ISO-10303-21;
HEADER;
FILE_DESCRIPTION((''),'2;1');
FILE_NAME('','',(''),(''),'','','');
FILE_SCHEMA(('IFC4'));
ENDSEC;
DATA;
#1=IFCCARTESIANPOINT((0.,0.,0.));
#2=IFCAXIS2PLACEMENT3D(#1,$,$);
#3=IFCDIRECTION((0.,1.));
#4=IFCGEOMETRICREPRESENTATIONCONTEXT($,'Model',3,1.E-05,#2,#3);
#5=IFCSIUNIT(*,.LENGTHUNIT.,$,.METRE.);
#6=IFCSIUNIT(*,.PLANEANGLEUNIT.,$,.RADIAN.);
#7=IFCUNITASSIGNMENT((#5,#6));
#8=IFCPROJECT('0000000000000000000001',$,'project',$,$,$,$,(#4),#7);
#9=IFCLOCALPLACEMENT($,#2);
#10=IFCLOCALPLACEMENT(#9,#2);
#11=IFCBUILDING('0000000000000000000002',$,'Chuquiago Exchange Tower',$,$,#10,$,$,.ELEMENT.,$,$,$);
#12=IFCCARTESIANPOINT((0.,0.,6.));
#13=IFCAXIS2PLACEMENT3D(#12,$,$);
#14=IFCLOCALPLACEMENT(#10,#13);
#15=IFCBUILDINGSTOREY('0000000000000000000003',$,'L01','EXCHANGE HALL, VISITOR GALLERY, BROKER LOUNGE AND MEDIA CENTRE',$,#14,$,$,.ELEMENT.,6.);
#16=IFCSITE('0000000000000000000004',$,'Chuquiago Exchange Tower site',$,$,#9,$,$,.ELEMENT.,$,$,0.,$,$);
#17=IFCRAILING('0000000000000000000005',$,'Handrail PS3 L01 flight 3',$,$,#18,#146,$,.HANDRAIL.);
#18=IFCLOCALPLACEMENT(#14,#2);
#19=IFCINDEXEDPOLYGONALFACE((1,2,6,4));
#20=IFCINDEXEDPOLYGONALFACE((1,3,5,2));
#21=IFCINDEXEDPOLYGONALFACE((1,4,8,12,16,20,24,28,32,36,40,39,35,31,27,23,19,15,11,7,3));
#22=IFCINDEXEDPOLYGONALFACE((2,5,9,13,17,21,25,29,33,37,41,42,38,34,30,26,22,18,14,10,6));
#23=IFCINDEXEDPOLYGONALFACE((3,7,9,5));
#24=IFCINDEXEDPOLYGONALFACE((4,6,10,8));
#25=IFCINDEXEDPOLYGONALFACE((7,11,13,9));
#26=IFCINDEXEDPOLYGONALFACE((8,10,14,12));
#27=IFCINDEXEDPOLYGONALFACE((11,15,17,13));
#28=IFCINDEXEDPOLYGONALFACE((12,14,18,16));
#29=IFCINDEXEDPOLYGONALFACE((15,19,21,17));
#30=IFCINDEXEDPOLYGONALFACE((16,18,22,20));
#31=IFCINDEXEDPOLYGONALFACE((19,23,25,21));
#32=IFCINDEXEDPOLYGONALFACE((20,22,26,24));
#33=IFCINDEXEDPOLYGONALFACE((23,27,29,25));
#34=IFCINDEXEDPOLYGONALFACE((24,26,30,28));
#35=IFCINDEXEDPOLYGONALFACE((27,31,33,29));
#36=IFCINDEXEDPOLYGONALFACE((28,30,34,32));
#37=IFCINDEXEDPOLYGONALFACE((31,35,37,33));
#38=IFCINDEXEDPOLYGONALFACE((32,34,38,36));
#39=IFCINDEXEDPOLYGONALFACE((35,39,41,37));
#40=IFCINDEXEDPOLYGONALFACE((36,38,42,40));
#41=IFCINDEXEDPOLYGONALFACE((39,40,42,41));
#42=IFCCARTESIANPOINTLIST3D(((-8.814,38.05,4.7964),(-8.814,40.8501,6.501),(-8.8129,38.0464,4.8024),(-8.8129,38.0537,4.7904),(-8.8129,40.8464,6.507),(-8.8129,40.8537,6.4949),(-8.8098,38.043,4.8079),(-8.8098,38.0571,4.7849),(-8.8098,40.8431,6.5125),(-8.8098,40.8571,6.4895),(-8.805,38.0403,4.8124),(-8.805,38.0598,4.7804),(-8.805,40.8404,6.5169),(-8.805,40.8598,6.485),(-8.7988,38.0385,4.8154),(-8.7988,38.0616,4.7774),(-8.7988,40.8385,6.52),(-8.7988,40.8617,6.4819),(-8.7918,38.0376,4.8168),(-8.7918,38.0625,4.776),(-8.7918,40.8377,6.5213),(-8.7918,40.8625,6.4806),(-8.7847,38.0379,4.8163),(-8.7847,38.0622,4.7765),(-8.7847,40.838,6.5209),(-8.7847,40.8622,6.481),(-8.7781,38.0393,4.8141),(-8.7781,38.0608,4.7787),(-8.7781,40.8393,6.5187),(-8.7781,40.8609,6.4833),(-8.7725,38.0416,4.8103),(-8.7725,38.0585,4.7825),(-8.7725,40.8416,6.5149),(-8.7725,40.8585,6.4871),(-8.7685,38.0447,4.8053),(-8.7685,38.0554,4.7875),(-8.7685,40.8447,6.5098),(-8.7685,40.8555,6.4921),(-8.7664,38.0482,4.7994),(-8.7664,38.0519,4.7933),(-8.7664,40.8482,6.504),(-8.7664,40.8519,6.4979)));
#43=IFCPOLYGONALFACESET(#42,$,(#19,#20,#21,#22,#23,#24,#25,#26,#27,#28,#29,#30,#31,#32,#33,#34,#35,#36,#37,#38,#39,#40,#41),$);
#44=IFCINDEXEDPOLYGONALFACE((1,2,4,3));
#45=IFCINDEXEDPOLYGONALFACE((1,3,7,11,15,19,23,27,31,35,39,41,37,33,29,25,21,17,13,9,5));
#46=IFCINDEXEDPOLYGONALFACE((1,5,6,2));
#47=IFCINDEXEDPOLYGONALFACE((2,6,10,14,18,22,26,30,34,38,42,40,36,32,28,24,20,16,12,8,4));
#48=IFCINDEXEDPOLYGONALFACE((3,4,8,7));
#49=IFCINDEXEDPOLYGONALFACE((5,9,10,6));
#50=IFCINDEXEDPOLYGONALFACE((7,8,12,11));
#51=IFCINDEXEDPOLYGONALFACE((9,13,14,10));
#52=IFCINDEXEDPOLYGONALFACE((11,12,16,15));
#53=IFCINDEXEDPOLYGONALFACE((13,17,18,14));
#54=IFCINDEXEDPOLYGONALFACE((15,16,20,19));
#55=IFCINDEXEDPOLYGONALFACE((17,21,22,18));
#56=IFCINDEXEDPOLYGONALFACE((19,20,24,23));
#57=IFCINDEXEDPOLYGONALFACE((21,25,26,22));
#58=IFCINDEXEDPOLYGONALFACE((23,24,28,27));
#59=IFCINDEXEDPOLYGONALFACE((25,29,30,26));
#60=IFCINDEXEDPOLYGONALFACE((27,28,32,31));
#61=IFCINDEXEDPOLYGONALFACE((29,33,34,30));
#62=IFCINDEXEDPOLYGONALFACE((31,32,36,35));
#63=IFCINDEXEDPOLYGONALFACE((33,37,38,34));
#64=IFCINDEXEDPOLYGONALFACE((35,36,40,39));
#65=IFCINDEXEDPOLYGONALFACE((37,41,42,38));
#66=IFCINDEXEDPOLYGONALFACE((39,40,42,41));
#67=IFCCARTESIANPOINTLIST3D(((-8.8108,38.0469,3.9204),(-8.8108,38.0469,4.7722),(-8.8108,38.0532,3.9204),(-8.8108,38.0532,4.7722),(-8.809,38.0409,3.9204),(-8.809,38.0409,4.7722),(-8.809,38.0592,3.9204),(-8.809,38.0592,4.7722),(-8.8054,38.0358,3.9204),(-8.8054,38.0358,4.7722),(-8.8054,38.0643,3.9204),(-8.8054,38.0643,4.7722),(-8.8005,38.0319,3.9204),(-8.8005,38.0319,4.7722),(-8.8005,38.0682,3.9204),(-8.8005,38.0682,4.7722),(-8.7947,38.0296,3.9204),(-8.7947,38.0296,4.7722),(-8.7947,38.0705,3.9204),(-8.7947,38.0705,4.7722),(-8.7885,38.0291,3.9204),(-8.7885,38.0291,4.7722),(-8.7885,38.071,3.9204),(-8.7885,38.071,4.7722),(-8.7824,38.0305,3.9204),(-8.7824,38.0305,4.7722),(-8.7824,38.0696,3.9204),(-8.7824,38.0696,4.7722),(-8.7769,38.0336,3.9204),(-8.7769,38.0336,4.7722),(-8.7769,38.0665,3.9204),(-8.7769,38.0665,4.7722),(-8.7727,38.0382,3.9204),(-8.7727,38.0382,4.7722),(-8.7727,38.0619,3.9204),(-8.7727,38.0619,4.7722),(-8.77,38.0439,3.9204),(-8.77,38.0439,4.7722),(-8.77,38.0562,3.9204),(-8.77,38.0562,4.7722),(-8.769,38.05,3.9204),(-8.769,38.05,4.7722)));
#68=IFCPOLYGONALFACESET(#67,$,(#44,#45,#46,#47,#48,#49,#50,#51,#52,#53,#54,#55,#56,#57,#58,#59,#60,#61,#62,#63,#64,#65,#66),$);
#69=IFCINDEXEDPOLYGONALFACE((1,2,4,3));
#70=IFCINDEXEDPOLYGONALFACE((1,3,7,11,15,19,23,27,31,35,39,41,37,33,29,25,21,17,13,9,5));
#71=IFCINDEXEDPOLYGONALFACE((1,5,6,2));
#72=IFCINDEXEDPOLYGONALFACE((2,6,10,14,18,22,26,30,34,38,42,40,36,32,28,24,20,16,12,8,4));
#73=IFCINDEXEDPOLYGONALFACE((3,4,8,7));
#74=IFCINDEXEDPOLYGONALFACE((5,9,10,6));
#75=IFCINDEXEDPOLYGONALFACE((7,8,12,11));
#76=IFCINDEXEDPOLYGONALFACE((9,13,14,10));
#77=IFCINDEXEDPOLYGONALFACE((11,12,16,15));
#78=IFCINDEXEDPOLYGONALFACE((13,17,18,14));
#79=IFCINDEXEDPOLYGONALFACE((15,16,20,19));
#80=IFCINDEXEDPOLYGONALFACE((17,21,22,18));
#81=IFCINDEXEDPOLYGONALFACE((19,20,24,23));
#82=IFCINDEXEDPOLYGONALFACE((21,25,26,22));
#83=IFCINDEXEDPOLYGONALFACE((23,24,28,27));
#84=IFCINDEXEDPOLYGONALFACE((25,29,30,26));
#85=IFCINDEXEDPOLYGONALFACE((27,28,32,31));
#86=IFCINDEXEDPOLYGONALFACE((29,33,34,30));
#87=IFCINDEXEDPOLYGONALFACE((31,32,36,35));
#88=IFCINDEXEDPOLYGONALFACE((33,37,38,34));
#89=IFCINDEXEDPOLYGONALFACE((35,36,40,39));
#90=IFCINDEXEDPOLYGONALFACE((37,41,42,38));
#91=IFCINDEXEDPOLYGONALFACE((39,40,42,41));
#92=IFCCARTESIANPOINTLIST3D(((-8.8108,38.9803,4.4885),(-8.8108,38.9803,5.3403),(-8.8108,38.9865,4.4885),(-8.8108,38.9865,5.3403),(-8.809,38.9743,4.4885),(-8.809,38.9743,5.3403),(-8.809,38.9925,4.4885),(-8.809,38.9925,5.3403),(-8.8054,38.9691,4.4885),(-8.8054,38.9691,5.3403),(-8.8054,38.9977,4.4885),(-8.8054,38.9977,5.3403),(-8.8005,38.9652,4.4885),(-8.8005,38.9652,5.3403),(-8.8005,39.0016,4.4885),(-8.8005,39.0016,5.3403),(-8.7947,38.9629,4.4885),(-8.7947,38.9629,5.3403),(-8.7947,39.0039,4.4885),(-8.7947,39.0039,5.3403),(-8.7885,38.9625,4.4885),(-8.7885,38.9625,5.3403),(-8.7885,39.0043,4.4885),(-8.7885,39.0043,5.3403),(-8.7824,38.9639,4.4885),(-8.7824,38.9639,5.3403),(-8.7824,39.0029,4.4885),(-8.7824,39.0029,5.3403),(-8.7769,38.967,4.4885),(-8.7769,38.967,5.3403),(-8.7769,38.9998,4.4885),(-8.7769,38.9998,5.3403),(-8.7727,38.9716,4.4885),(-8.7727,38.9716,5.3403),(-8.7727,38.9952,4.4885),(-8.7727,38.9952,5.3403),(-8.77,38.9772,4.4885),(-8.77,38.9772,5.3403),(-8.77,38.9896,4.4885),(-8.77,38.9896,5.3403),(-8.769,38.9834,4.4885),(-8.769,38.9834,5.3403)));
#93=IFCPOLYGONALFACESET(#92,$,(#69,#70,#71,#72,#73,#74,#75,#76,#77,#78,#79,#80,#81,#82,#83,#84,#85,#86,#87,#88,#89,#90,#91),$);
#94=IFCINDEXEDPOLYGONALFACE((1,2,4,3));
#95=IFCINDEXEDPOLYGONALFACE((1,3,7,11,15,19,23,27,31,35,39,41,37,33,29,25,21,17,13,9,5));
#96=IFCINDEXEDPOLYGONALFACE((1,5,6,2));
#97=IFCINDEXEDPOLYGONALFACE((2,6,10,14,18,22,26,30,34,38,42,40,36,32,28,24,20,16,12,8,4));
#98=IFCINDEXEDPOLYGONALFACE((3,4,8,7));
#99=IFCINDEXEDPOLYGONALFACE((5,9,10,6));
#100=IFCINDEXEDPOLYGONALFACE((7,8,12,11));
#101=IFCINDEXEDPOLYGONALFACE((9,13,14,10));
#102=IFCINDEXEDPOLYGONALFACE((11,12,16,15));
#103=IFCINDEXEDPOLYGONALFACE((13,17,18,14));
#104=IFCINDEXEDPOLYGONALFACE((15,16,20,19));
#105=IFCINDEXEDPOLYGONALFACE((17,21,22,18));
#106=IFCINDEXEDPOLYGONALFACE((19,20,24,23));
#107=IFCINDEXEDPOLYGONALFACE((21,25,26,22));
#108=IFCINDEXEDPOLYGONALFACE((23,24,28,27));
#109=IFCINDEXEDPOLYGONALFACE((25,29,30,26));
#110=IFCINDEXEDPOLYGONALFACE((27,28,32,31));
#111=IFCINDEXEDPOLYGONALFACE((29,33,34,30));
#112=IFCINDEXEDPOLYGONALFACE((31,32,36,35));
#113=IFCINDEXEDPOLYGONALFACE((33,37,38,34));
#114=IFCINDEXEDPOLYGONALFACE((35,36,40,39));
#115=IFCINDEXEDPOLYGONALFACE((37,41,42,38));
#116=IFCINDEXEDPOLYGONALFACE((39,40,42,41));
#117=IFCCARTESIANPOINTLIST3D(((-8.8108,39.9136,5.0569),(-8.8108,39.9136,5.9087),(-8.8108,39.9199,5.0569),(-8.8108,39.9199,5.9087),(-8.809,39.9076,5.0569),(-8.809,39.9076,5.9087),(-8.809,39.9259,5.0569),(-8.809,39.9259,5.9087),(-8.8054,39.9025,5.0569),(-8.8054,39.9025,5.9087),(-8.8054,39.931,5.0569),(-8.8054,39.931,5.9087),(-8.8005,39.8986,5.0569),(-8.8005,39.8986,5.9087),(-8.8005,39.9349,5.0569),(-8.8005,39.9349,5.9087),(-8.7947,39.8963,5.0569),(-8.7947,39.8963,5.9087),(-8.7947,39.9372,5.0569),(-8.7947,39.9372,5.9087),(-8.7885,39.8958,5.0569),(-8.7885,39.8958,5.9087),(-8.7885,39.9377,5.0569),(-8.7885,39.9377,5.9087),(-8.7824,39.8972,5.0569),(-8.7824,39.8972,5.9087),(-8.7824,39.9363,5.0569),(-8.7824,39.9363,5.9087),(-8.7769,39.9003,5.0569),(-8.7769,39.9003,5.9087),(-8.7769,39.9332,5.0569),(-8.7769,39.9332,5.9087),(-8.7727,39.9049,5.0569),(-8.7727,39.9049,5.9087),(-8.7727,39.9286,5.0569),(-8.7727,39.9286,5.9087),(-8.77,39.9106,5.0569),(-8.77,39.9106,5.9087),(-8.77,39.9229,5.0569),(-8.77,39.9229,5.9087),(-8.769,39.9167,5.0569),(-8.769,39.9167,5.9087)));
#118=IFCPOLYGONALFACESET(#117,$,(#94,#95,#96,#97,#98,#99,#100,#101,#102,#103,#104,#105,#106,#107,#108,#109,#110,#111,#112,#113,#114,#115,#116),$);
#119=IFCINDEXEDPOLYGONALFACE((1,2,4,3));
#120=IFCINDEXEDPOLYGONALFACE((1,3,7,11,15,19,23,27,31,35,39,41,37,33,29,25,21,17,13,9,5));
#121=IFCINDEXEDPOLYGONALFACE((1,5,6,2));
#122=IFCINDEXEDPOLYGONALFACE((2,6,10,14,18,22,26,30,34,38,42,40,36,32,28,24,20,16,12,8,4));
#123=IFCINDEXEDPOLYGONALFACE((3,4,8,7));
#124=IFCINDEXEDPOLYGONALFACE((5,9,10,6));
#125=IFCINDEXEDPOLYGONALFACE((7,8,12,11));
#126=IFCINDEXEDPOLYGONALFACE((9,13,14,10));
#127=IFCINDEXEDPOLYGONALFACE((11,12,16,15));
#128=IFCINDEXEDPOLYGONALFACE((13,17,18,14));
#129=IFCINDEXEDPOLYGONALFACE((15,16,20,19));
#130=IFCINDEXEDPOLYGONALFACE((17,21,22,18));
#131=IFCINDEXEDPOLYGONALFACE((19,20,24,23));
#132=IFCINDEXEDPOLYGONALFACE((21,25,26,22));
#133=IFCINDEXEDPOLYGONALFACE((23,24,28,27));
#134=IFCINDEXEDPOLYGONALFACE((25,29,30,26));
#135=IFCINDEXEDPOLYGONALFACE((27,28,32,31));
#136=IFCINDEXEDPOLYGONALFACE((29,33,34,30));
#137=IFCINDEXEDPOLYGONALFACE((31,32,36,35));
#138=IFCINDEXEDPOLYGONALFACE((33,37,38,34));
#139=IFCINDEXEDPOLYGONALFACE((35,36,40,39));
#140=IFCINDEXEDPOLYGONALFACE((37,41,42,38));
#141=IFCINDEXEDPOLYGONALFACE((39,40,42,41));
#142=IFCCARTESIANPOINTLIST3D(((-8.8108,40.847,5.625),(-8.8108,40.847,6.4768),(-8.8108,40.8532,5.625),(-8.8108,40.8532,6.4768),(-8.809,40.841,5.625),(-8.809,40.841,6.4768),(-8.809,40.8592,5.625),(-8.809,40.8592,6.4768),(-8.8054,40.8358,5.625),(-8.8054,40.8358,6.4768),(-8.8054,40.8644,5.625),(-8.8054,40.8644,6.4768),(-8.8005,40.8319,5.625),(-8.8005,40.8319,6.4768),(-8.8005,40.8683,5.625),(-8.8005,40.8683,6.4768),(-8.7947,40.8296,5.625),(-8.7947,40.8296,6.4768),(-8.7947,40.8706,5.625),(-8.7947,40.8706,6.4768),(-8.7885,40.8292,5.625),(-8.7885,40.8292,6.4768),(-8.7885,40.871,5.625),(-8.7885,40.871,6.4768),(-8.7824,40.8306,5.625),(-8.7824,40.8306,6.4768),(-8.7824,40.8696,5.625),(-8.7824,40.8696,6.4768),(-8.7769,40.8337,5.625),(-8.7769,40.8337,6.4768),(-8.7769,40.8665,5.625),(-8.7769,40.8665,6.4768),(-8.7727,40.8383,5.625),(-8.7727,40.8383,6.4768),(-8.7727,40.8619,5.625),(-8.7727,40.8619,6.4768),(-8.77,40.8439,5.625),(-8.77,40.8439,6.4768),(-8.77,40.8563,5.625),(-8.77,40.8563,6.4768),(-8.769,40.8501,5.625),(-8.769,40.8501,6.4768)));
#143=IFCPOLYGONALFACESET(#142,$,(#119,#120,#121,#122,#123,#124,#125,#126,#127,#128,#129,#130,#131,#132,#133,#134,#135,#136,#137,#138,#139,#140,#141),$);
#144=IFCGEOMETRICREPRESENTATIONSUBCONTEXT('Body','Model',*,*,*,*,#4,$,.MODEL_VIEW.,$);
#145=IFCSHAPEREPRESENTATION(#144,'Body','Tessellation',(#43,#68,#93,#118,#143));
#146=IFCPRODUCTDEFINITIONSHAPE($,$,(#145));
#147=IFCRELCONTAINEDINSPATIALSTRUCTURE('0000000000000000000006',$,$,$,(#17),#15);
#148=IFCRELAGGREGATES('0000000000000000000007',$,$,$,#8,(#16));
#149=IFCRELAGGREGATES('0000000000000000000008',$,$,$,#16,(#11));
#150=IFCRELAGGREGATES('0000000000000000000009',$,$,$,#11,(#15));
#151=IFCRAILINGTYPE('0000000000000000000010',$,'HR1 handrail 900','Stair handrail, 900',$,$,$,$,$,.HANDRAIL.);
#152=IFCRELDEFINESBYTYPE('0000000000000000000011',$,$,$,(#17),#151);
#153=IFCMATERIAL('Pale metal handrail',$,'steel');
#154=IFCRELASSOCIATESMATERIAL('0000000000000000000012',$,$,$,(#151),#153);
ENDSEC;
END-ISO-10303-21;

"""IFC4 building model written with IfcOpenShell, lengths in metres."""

from ifc_helpers import new_model, si_unit, direction, frame, origin, origin_2d, place, context, subcontext, project, spatial, circle, extrude, material, type_object, element, save


model = new_model("IFC4")

# Units and contexts
model_context = context("Model", 3, precision=1e-05, world=origin(), true_north=direction((0.0, 1.0)))
body_context = subcontext(model_context, "Body", "Model", "MODEL_VIEW")
ifc_project = project(units=[si_unit("LENGTHUNIT", "METRE"), si_unit("PLANEANGLEUNIT", "RADIAN")], contexts=[model_context])

# Site, building, storey
site_placement = place(None, origin())
site = spatial("IfcSite", under=ifc_project, at=site_placement, Name="Chuquiago Exchange Tower site", CompositionType="ELEMENT", RefElevation=0.0)
building_placement = place(site_placement, origin())
building = spatial("IfcBuilding", under=site, at=building_placement, Name="Chuquiago Exchange Tower", CompositionType="ELEMENT")
storey_placement = place(building_placement, frame((0.0, 0.0, 6.0)))
storey = spatial("IfcBuildingStorey", under=building, at=storey_placement, Name="L01", Description="EXCHANGE HALL, VISITOR GALLERY, BROKER LOUNGE AND MEDIA CENTRE", CompositionType="ELEMENT", Elevation=6.0)

# Railing
ifc_material_1 = material(Name="Pale metal handrail", Category="steel")
railing_type = type_object("IfcRailingType", Name="HR1 handrail 900", Description="Stair handrail, 900", PredefinedType="HANDRAIL", material=ifc_material_1)
for number, where, name in (
    (1, (-8.79, 38.05, 3.9204), "Handrail PS3 L01 flight 3"),
):
    element("IfcRailing", number, at=place(storey_placement, frame(where)), inside=storey, type_object=railing_type, Name=name, PredefinedType="HANDRAIL", context=body_context, shape_type="SweptSolid", body=[
        extrude(circle(Radius=0.0239, at=origin_2d()), frame((0.0, 0.0, 0.876), z_axis=(0.0, 0.85417, 0.519994), x_axis=(-1.0, 0.0, 0.0)), (0.0, 0.0, 1.0), 3.2781),
        extrude(circle(Radius=0.021, at=origin_2d()), origin(), (0.0, 0.0, 1.0), 0.8518),
        extrude(circle(Radius=0.021, at=origin_2d()), frame((0.0, 0.9333, 0.5681)), (0.0, 0.0, 1.0), 0.8518),
        extrude(circle(Radius=0.021, at=origin_2d()), frame((0.0, 1.8667, 1.1365)), (0.0, 0.0, 1.0), 0.8518),
        extrude(circle(Radius=0.021, at=origin_2d()), frame((0.0, 2.8, 1.7046)), (0.0, 0.0, 1.0), 0.8518),
    ])

save(model, "model.ifc")
